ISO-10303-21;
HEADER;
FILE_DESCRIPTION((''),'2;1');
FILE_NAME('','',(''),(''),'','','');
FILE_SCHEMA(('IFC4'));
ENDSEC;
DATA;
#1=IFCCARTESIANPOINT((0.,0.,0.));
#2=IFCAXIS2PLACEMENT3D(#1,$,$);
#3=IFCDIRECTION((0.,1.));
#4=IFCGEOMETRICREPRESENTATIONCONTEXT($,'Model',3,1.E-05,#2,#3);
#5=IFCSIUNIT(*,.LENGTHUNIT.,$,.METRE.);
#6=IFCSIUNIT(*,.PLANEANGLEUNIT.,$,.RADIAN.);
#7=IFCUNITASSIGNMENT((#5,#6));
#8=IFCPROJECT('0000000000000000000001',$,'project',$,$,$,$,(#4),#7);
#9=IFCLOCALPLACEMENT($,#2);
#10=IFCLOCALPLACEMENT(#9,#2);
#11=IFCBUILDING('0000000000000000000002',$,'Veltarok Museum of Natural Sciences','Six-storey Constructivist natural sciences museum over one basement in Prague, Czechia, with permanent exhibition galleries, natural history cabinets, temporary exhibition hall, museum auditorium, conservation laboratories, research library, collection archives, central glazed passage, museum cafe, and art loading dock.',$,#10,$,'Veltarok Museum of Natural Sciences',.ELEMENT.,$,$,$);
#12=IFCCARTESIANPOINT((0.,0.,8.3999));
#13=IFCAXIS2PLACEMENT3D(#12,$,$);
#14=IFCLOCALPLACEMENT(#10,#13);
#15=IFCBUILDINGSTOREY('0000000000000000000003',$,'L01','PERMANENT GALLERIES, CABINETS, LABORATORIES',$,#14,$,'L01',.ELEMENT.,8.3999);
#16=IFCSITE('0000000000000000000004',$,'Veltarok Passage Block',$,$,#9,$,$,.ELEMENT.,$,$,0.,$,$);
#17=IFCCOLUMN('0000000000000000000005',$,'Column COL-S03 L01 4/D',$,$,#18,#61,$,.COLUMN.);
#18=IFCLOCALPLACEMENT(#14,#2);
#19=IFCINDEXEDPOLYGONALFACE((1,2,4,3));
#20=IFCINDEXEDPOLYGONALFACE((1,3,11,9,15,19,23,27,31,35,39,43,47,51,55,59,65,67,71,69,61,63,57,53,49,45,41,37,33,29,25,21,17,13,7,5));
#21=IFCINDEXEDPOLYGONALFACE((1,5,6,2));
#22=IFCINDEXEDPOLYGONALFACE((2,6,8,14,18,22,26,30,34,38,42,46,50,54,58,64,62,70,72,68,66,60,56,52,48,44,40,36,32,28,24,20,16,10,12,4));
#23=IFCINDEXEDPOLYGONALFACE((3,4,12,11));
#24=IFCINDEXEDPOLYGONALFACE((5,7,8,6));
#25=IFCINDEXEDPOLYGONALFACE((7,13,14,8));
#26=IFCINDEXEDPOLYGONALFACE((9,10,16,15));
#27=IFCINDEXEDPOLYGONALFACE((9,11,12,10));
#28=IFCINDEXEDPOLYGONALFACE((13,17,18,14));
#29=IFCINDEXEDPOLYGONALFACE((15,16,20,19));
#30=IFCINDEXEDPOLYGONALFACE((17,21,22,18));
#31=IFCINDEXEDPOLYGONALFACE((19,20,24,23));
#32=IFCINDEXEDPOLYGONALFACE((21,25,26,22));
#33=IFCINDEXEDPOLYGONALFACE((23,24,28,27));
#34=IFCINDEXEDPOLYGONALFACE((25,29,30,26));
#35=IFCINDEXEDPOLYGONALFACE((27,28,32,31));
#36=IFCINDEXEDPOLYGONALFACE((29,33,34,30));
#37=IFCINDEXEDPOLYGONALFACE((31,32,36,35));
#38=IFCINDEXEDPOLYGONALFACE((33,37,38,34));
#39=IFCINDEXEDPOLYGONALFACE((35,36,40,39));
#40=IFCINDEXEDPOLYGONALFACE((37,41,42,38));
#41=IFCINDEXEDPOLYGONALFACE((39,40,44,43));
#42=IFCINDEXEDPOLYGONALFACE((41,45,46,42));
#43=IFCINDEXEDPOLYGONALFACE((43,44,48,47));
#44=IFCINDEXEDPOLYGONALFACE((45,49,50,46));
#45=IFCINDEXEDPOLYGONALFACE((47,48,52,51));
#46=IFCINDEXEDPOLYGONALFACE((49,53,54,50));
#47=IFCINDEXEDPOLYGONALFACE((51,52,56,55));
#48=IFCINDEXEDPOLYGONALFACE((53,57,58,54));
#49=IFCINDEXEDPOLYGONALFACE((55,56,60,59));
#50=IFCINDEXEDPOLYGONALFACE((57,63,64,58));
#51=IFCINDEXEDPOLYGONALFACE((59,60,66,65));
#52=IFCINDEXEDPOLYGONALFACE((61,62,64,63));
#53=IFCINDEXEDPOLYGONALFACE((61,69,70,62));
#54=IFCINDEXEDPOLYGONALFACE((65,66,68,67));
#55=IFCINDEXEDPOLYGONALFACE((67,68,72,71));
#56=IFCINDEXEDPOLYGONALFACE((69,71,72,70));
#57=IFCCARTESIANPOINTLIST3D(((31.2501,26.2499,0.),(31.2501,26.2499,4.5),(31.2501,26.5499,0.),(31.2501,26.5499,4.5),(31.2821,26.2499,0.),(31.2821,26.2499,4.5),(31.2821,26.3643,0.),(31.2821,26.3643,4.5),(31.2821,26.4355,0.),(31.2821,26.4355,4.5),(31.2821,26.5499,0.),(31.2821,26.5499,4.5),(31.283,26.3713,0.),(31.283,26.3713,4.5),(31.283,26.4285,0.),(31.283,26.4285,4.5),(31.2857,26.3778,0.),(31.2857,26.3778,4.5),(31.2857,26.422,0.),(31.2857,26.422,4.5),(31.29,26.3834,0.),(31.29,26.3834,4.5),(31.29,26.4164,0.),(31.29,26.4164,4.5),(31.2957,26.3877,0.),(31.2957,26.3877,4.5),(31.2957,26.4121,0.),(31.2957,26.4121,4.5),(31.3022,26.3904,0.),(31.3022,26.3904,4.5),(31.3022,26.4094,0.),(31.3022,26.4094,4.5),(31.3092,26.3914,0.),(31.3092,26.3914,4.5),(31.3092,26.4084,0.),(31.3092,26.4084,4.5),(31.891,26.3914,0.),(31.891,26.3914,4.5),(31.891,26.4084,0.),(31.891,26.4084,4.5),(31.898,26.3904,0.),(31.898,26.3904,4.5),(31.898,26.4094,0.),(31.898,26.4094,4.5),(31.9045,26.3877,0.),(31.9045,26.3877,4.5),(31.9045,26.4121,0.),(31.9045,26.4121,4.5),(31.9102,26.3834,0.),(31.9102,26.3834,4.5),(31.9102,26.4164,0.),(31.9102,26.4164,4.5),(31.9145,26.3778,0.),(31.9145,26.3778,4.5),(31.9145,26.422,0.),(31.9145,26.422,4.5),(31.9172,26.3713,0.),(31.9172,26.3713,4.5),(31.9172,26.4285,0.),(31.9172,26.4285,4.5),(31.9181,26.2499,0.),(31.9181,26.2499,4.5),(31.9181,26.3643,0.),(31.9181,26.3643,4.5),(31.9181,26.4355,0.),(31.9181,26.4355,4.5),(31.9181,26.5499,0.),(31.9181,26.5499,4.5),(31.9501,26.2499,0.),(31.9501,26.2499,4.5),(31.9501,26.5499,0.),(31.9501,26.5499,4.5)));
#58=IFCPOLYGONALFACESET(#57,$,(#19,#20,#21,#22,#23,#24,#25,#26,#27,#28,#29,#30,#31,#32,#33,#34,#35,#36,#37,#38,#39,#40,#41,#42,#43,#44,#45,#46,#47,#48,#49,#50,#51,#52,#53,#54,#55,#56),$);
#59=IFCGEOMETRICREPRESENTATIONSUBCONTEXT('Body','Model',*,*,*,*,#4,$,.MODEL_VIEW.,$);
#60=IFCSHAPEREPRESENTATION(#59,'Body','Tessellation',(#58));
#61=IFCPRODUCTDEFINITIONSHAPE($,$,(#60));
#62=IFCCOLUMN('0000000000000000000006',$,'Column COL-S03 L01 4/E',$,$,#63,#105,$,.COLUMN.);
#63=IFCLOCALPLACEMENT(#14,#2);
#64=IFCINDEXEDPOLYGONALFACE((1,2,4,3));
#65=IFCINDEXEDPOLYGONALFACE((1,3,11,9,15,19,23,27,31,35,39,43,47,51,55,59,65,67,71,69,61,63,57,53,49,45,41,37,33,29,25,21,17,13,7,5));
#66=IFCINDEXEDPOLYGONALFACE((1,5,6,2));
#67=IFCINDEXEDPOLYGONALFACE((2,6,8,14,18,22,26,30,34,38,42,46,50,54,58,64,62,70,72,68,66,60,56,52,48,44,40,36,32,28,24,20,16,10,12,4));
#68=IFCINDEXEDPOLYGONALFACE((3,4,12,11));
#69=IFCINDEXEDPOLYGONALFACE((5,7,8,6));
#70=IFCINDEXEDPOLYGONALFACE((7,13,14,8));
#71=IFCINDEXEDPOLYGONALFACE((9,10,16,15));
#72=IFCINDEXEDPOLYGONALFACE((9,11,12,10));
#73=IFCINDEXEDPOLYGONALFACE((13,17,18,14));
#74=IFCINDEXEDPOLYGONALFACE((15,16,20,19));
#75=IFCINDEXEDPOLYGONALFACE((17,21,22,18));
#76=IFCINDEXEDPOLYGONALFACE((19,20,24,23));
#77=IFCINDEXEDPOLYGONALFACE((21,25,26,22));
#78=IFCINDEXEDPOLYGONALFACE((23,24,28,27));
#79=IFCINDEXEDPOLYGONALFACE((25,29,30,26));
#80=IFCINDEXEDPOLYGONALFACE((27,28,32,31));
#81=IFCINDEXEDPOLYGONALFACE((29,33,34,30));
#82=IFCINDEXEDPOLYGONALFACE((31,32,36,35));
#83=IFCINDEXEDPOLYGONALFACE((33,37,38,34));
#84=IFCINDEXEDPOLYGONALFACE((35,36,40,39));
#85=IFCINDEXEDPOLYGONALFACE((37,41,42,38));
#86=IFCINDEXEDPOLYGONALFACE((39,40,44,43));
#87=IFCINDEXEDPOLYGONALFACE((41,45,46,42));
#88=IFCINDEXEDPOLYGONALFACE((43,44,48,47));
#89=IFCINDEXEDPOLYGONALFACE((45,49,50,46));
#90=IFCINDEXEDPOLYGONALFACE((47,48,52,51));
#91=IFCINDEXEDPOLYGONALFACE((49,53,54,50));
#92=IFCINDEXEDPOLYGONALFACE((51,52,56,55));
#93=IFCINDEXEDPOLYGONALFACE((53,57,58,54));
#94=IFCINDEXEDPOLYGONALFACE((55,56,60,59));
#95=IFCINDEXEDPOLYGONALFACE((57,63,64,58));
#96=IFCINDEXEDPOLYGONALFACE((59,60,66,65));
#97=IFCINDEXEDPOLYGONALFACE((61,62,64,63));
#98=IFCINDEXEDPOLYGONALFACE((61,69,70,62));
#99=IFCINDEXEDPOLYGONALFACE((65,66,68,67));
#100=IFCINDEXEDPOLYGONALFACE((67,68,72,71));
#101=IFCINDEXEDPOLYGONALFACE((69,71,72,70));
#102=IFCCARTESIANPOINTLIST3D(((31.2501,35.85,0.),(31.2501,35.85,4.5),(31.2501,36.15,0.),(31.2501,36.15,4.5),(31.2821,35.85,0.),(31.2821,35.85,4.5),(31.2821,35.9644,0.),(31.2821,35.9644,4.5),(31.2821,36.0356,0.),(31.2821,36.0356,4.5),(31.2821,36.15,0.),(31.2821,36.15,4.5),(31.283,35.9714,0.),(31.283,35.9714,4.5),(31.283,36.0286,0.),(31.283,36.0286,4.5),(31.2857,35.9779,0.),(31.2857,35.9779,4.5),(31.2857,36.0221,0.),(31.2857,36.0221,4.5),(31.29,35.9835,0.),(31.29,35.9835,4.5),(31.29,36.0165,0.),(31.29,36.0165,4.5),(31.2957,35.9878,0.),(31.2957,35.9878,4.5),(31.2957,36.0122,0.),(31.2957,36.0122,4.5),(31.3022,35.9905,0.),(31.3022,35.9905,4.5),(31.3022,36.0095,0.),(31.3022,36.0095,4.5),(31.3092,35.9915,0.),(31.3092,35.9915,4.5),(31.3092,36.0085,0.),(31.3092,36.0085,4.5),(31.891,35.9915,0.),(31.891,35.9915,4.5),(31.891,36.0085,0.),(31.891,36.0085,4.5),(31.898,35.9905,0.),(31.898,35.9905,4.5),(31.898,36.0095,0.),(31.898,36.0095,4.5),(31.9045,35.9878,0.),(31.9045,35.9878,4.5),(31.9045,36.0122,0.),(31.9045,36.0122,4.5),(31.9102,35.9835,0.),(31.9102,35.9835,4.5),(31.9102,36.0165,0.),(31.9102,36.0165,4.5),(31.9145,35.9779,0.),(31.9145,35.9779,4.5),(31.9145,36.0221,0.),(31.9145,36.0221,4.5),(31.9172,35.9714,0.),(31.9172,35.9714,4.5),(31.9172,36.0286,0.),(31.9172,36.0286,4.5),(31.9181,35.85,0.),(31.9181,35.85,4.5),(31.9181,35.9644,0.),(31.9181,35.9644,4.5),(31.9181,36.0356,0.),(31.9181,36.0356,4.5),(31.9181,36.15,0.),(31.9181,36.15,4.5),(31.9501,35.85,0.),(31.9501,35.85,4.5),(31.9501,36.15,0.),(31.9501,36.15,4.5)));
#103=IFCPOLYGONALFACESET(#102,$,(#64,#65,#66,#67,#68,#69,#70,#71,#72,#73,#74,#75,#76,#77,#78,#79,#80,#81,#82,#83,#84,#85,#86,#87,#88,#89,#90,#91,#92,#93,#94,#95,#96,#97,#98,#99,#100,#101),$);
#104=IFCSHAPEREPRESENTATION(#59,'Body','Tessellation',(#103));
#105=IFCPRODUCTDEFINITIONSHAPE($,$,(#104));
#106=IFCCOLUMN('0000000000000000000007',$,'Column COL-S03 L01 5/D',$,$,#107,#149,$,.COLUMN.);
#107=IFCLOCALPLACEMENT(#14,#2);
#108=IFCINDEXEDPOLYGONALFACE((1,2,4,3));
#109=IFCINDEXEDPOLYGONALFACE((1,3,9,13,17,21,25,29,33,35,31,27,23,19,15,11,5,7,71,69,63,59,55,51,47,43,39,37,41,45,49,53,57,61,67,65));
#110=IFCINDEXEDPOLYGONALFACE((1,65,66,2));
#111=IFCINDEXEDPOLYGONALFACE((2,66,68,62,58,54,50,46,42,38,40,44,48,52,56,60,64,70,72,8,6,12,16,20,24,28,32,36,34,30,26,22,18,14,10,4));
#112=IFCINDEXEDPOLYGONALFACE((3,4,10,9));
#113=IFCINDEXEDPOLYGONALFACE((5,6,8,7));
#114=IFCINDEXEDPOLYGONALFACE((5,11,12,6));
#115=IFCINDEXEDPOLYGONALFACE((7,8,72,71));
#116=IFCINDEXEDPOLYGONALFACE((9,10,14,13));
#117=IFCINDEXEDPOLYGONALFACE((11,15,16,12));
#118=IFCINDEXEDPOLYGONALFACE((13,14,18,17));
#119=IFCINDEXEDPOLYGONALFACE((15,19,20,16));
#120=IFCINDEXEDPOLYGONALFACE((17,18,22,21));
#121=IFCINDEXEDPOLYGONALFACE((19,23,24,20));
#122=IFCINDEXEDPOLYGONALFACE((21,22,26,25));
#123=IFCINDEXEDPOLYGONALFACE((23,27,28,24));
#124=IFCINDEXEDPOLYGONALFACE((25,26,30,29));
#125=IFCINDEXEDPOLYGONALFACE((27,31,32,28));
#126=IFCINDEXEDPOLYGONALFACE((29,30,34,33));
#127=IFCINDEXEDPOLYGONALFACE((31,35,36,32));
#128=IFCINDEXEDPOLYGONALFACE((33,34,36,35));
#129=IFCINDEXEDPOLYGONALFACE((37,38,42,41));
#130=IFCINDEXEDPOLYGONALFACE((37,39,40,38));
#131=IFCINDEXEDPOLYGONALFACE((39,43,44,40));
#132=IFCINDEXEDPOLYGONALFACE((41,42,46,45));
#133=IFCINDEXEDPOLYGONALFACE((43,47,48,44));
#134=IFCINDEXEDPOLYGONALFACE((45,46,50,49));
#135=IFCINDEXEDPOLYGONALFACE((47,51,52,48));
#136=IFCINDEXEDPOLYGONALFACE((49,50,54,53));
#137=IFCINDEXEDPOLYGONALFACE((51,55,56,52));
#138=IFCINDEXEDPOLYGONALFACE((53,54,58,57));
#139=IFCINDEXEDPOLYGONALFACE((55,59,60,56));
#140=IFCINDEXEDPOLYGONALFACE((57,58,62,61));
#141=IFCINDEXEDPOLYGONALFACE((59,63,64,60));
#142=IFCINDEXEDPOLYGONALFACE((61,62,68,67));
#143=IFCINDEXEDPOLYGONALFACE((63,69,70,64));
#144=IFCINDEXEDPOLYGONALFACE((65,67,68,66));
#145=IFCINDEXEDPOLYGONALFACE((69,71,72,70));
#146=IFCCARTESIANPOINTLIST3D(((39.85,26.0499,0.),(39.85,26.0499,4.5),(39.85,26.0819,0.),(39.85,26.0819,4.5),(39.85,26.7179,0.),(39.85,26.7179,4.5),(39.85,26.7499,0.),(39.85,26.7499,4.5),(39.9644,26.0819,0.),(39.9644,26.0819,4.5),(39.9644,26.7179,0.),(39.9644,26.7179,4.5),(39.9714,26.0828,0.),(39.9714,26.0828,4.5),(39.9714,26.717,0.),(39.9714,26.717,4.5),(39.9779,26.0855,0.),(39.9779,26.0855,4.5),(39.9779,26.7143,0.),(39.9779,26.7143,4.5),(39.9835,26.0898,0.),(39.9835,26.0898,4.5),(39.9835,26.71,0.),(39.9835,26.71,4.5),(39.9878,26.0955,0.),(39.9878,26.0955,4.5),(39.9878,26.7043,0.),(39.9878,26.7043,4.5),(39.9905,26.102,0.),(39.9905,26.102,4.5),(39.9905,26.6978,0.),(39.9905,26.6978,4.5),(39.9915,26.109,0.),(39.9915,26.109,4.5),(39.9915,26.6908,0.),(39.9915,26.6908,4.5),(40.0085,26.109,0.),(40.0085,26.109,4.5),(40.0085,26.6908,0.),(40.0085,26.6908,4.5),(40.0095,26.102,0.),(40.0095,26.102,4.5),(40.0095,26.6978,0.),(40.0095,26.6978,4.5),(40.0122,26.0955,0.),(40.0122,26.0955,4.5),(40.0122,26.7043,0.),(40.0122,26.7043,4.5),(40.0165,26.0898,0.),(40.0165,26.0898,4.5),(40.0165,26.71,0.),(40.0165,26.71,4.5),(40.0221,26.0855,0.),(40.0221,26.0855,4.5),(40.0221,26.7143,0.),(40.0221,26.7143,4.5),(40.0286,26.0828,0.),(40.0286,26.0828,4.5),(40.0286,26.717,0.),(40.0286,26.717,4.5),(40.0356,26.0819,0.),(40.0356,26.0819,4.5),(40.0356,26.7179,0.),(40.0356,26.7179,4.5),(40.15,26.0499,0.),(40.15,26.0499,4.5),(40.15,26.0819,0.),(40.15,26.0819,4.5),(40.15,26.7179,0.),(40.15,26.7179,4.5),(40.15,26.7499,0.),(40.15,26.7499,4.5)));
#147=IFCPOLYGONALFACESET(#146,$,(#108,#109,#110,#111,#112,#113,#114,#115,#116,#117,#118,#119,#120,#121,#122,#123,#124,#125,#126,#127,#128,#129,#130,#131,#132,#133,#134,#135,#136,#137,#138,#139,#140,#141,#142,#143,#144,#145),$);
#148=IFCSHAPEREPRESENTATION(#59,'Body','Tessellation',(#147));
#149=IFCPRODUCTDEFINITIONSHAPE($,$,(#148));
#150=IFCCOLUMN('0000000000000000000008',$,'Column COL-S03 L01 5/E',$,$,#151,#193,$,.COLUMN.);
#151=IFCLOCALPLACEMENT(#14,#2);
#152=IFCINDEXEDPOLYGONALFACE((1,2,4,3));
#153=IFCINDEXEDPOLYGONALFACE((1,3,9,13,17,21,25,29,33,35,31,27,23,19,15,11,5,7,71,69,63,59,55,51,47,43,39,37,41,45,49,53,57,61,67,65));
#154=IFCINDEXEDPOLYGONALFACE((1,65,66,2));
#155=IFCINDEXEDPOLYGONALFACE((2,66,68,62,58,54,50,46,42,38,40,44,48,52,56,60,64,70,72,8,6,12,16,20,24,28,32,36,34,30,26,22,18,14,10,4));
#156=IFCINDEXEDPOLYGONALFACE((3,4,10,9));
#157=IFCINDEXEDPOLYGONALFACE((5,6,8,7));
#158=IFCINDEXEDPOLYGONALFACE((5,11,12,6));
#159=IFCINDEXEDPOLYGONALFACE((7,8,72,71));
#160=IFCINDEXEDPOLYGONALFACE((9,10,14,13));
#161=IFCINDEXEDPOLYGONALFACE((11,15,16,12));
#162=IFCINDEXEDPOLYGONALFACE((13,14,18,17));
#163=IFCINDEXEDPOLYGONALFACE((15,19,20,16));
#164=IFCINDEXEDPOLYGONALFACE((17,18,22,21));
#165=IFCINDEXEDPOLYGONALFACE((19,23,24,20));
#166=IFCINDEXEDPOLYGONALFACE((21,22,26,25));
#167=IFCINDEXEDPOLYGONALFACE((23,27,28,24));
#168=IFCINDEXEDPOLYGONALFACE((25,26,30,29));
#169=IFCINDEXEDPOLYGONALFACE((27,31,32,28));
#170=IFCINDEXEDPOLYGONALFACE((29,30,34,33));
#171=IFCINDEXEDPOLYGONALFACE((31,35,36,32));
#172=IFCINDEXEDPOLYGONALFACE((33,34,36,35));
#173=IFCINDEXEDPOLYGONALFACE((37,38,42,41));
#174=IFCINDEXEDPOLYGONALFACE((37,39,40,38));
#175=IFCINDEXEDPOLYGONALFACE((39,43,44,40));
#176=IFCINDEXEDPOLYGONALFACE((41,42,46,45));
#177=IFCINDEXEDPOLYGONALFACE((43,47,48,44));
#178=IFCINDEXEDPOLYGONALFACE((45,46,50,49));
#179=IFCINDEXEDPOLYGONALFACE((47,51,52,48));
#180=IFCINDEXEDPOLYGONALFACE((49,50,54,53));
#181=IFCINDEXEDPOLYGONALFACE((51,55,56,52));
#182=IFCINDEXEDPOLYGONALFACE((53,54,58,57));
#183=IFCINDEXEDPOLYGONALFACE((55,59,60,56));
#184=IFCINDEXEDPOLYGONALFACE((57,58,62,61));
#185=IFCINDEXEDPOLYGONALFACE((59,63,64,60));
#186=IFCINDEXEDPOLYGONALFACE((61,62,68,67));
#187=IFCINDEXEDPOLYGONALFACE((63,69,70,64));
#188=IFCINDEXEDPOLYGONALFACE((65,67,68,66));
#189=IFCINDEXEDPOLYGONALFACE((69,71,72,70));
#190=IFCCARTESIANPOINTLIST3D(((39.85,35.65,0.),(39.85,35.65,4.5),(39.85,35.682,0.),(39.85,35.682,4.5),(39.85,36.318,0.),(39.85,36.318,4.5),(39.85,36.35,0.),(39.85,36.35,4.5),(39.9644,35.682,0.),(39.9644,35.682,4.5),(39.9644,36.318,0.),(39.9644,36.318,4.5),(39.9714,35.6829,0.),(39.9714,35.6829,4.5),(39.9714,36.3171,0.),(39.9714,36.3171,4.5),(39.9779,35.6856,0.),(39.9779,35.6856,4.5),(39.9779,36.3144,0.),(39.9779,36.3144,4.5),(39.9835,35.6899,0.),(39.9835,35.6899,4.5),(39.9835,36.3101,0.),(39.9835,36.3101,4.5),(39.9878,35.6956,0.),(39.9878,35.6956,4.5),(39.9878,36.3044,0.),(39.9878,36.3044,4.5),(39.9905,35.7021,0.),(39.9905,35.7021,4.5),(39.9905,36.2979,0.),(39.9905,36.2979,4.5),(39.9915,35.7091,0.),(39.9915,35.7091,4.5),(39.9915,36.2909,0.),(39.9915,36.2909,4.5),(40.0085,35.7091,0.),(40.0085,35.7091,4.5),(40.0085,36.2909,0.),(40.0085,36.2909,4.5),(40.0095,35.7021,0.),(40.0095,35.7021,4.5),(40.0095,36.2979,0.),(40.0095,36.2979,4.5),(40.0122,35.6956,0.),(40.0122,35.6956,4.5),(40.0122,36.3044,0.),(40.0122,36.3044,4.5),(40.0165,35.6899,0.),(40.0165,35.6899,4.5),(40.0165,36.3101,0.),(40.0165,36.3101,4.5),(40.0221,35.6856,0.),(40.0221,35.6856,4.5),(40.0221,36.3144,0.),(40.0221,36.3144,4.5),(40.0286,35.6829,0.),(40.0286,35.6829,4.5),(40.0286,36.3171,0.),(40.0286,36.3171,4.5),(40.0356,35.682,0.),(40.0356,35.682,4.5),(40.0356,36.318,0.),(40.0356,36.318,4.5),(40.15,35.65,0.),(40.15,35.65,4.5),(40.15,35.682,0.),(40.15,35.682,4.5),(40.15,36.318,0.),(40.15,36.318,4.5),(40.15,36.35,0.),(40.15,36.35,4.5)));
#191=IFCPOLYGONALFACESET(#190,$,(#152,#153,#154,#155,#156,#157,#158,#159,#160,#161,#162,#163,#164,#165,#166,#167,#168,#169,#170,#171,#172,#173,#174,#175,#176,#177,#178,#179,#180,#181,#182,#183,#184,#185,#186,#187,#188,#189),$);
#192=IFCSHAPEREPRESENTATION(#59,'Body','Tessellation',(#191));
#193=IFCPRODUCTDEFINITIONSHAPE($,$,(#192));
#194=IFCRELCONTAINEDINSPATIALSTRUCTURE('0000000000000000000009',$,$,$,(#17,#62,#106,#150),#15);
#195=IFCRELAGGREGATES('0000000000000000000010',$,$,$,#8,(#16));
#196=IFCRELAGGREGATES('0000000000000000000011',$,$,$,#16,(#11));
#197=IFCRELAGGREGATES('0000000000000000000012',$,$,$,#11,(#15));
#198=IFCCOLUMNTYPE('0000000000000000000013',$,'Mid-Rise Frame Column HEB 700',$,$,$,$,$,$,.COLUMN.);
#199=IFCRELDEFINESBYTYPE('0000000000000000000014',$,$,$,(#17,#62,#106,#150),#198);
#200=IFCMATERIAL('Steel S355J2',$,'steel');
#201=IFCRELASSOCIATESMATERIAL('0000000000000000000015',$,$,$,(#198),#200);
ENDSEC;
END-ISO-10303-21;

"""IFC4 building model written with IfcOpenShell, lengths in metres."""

from ifc_helpers import new_model, si_unit, direction, frame, origin, origin_2d, place, context, subcontext, project, spatial, i_section, extrude, material, material_profile, profile_set, type_object, element, save


model = new_model("IFC4")

# Units and contexts
model_context = context("Model", 3, precision=1e-05, world=origin(), true_north=direction((0.0, 1.0)))
body_context = subcontext(model_context, "Body", "Model", "MODEL_VIEW")
ifc_project = project(units=[si_unit("LENGTHUNIT", "METRE"), si_unit("PLANEANGLEUNIT", "RADIAN")], contexts=[model_context])

# Site, building, storey
site_placement = place(None, origin())
site = spatial("IfcSite", under=ifc_project, at=site_placement, Name="Veltarok Passage Block", CompositionType="ELEMENT", RefElevation=0.0)
building_placement = place(site_placement, origin())
building = spatial("IfcBuilding", under=site, at=building_placement, Name="Veltarok Museum of Natural Sciences", Description="Six-storey Constructivist natural sciences museum over one basement in Prague, Czechia, with permanent exhibition galleries, natural history cabinets, temporary exhibition hall, museum auditorium, conservation laboratories, research library, collection archives, central glazed passage, museum cafe, and art loading dock.", LongName="Veltarok Museum of Natural Sciences", CompositionType="ELEMENT")
storey_placement = place(building_placement, frame((0.0, 0.0, 8.3999)))
storey = spatial("IfcBuildingStorey", under=building, at=storey_placement, Name="L01", Description="PERMANENT GALLERIES, CABINETS, LABORATORIES", LongName="L01", CompositionType="ELEMENT", Elevation=8.3999)

# Columns
ifc_material_1 = material(Name="Steel S355J2", Category="steel")
ifc_material_profile_1 = material_profile(ifc_material_1, i_section(OverallWidth=0.3, OverallDepth=0.7, WebThickness=0.0171, FlangeThickness=0.032, FilletRadius=0.0271, at=origin_2d()), Name="HEB 700")
ifc_profile_set_1 = profile_set([ifc_material_profile_1], Name="Steel S355J2")
column_type = type_object("IfcColumnType", Name="Mid-Rise Frame Column HEB 700", PredefinedType="COLUMN", material=ifc_profile_set_1)
for number, where, z_axis, x_axis, name in (
    (1, (31.6001, 26.3999, 0.0), (0.0, 0.0, 1.0), (0.0, 1.0, 0.0), "Column COL-S03 L01 4/D"),
    (2, (31.6001, 36.0, 0.0), (0.0, 0.0, 1.0), (0.0, 1.0, 0.0), "Column COL-S03 L01 4/E"),
    (3, (40.0, 26.3999, 0.0), (0.0, 0.0, 1.0), (1.0, 0.0, 0.0), "Column COL-S03 L01 5/D"),
    (4, (40.0, 36.0, 0.0), (0.0, 0.0, 1.0), (1.0, 0.0, 0.0), "Column COL-S03 L01 5/E"),
):
    element("IfcColumn", number, at=place(storey_placement, frame(where, z_axis=z_axis, x_axis=x_axis)), inside=storey, type_object=column_type, Name=name, PredefinedType="COLUMN", context=body_context, shape_type="SweptSolid", body=[
        extrude(i_section(OverallWidth=0.3, OverallDepth=0.7, WebThickness=0.0171, FlangeThickness=0.032, FilletRadius=0.0271, at=origin_2d()), origin(), (0.0, 0.0, 1.0), 4.5),
    ])

save(model, "model.ifc")
